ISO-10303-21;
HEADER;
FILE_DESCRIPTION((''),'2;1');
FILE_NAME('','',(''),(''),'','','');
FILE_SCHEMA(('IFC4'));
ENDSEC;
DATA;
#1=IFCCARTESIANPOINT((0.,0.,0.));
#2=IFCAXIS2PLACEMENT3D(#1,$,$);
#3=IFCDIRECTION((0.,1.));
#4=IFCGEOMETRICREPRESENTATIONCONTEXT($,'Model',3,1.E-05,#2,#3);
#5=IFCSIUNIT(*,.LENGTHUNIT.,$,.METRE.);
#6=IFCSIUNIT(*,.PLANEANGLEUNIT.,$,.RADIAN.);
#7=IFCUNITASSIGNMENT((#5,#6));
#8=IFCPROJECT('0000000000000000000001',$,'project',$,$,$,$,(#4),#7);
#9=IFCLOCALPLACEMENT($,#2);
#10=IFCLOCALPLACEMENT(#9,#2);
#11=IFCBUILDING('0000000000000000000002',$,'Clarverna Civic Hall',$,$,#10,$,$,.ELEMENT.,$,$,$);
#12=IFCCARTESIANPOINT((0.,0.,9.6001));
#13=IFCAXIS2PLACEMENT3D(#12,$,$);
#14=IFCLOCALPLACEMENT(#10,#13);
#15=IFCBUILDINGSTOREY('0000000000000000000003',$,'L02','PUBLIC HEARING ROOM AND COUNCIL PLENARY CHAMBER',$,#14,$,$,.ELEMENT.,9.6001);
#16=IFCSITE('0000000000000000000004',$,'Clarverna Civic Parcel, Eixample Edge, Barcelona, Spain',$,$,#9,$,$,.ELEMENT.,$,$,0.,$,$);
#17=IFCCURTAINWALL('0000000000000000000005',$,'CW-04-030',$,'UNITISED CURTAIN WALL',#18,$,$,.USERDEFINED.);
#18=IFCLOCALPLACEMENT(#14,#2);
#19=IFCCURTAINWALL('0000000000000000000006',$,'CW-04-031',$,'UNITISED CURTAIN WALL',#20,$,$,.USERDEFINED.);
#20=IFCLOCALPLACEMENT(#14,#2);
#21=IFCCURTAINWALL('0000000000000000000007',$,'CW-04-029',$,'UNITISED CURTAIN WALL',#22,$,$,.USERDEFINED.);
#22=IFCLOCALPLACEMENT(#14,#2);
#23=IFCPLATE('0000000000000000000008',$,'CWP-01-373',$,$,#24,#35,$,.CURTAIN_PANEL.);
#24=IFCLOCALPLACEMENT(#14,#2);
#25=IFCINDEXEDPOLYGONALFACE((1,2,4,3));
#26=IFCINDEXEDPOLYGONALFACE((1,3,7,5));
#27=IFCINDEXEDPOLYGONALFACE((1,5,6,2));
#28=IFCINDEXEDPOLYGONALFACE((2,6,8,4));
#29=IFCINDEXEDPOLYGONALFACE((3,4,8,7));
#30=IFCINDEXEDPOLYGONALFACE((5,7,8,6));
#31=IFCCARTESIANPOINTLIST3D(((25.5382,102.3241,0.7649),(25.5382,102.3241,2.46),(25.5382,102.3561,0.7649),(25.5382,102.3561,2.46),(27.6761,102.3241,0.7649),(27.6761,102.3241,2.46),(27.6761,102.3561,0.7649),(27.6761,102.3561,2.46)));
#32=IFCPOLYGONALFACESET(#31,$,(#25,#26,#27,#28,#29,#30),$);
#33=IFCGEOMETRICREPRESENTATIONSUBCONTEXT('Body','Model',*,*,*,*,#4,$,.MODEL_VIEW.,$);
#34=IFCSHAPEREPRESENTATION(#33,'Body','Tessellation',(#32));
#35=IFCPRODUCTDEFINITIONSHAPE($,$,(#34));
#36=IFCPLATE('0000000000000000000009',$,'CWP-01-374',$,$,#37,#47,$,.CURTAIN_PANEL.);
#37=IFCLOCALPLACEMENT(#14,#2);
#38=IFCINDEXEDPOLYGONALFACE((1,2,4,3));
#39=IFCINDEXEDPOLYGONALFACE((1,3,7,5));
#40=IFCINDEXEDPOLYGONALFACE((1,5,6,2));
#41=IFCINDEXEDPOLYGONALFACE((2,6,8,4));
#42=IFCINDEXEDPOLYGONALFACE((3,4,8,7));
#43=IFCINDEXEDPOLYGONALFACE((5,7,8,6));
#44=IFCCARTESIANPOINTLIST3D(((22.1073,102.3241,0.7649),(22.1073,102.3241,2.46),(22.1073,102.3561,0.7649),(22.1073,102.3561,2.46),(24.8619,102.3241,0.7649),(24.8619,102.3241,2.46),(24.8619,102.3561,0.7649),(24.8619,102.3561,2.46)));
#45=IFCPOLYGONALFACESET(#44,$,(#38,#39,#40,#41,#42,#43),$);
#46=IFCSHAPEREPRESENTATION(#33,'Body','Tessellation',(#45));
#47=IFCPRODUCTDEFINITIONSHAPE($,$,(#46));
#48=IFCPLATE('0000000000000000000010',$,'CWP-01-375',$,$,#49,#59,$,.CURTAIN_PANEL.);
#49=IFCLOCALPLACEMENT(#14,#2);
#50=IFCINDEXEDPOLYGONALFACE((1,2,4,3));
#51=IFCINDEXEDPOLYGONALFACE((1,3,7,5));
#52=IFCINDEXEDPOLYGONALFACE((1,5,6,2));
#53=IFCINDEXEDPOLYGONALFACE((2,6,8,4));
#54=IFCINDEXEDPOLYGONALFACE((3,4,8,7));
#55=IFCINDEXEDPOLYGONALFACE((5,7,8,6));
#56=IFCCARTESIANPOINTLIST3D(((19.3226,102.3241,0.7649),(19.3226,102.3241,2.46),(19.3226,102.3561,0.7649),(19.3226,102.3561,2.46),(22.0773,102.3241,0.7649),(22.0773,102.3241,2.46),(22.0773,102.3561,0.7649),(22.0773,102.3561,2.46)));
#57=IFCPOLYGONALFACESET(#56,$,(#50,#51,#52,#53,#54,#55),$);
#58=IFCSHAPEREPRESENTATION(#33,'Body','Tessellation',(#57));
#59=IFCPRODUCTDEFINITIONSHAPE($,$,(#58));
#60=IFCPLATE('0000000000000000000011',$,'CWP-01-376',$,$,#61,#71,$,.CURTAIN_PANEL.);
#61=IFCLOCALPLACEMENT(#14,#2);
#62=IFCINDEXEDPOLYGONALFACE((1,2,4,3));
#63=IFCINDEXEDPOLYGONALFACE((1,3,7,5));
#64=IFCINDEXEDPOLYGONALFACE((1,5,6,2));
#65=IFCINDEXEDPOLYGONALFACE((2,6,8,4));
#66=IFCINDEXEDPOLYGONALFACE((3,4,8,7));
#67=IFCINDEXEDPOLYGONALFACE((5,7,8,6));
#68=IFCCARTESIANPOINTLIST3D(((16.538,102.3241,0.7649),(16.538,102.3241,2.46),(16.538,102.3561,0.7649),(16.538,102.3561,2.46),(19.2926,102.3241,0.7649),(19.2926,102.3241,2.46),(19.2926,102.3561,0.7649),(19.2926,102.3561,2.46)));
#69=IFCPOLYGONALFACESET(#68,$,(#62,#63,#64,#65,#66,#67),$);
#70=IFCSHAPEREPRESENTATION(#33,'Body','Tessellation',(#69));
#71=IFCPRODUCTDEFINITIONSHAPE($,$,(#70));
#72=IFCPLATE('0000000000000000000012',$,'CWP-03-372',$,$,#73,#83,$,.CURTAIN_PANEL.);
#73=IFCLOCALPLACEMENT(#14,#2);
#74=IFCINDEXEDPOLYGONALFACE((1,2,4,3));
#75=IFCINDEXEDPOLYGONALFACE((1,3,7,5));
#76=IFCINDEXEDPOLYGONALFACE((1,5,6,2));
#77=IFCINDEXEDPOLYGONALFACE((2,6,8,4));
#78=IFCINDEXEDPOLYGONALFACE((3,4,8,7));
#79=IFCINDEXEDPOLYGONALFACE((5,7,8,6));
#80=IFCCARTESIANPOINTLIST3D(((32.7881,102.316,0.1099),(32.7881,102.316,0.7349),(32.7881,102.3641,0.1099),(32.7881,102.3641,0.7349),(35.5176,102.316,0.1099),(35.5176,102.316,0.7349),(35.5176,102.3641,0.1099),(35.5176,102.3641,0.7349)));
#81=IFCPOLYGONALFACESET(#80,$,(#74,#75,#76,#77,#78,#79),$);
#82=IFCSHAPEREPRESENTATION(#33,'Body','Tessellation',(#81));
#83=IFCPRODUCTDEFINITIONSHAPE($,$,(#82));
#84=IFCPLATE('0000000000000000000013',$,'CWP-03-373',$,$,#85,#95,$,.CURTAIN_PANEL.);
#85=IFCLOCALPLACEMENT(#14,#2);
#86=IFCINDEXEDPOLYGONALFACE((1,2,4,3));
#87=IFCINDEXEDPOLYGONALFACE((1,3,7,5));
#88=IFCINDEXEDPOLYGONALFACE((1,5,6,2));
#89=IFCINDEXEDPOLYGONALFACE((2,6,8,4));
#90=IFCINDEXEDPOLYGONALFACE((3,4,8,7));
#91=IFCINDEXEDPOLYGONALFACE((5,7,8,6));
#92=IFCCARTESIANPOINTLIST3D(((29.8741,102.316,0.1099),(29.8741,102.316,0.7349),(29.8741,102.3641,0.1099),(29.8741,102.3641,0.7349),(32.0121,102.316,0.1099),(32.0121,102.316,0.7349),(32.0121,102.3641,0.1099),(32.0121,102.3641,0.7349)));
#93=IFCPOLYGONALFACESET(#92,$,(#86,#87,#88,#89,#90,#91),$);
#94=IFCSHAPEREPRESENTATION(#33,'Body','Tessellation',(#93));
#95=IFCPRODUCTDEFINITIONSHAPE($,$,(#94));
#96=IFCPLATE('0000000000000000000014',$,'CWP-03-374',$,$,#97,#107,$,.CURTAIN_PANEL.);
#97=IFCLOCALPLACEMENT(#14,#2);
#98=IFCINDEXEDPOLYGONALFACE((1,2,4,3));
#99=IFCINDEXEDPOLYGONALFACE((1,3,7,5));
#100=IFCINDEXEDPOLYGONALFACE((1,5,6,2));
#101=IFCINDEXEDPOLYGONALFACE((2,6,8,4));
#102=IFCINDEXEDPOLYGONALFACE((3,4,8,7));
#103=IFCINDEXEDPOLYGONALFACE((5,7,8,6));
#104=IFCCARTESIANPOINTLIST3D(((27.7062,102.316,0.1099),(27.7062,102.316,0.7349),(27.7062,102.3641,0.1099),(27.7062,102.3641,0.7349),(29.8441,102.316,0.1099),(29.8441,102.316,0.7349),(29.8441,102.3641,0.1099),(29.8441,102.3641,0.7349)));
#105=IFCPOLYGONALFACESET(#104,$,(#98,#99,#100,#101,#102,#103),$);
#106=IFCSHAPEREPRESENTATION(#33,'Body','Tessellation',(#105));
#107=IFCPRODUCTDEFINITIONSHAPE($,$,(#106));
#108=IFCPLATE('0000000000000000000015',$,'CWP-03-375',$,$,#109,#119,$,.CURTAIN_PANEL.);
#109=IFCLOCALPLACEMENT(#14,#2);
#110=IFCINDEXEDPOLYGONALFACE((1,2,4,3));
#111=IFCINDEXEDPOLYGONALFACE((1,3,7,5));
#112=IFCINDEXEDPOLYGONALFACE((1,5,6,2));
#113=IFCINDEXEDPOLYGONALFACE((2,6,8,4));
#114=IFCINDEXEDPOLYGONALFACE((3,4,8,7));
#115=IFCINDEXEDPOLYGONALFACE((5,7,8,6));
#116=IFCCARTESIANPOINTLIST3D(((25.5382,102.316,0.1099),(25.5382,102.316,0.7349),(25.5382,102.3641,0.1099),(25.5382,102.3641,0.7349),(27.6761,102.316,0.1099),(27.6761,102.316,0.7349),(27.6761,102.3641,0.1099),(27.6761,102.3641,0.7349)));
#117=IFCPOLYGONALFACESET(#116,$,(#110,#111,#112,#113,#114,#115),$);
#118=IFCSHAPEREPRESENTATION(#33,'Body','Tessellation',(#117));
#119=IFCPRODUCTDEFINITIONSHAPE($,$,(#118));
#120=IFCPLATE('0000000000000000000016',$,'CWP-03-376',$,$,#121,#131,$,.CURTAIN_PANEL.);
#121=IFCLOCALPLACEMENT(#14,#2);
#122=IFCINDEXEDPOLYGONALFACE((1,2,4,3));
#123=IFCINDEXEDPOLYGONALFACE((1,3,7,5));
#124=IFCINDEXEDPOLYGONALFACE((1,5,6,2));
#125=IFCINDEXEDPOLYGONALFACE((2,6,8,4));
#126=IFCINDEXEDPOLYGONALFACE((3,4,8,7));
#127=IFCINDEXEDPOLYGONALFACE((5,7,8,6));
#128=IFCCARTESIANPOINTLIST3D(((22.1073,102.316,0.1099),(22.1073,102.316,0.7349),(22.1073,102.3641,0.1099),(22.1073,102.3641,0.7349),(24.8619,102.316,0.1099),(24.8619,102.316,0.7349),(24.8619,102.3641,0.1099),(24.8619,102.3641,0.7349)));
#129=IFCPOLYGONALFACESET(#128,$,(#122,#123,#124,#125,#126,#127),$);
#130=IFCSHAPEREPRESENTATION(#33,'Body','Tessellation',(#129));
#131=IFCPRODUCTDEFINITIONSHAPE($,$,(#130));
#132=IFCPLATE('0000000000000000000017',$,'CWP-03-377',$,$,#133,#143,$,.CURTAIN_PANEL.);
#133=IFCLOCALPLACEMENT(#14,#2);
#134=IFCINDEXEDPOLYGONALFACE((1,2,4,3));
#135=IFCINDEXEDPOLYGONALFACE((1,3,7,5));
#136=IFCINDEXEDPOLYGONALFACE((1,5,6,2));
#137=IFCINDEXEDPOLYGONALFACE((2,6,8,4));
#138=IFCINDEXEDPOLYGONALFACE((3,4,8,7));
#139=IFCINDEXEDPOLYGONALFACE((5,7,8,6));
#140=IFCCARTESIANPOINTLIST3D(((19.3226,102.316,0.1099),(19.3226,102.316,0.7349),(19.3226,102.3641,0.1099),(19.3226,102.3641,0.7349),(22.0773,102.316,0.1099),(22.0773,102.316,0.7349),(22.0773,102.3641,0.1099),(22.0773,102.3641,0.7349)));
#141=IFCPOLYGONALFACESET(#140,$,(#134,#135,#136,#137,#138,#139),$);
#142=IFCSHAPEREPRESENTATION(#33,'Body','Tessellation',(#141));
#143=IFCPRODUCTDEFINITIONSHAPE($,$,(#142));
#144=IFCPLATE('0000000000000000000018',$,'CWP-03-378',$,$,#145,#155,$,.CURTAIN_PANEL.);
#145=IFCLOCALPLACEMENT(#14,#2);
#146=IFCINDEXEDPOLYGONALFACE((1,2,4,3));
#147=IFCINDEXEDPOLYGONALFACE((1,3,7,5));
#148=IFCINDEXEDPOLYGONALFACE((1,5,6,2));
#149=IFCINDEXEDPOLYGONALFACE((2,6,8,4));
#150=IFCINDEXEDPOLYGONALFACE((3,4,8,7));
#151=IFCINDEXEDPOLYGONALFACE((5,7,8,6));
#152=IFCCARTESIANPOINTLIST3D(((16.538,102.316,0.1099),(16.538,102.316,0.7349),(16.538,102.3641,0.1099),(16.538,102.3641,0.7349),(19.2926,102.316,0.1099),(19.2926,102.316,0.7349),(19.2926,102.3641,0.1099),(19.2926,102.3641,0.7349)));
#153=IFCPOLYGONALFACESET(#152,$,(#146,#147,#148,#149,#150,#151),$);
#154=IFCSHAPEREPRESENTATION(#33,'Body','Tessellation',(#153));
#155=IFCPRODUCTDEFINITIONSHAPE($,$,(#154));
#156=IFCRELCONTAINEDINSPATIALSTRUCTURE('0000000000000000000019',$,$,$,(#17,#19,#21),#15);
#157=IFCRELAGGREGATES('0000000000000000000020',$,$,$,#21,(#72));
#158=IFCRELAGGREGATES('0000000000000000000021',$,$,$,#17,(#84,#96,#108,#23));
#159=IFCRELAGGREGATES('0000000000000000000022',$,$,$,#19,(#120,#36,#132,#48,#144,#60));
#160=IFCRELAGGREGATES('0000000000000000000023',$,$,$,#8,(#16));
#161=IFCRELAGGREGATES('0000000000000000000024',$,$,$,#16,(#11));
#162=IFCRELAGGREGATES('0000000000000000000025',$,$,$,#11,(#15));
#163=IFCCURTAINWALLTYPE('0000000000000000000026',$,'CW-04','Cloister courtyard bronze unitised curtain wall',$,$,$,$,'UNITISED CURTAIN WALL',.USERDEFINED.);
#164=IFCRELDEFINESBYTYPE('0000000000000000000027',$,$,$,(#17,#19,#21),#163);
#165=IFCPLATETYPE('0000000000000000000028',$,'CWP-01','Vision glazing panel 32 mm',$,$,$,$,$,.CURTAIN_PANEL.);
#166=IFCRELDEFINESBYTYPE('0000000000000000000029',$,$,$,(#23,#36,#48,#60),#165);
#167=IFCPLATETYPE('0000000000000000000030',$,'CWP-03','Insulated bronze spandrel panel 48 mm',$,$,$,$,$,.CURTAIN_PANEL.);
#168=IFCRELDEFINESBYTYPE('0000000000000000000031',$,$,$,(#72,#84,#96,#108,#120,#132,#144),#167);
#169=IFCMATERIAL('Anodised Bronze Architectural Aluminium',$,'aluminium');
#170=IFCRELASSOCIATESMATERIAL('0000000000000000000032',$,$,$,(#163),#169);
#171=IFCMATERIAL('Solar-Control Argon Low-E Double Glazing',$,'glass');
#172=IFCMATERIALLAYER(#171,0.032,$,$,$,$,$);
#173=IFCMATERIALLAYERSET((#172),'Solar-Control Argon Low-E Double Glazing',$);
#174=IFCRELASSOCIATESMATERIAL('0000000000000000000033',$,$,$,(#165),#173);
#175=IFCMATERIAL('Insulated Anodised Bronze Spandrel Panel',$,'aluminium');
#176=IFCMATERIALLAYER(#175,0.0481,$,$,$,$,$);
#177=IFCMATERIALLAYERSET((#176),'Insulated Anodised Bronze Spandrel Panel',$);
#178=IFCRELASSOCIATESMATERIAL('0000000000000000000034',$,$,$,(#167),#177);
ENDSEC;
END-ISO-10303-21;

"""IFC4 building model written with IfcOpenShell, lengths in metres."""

from ifc_helpers import new_model, si_unit, direction, frame, frame_2d, origin, place, context, subcontext, project, spatial, rectangle, extrude, material, layer, layer_set, type_object, element, aggregate, save


model = new_model("IFC4")

# Units and contexts
model_context = context("Model", 3, precision=1e-05, world=origin(), true_north=direction((0.0, 1.0)))
body_context = subcontext(model_context, "Body", "Model", "MODEL_VIEW")
ifc_project = project(units=[si_unit("LENGTHUNIT", "METRE"), si_unit("PLANEANGLEUNIT", "RADIAN")], contexts=[model_context])

# Site, building, storey
site_placement = place(None, origin())
site = spatial("IfcSite", under=ifc_project, at=site_placement, Name="Clarverna Civic Parcel, Eixample Edge, Barcelona, Spain", CompositionType="ELEMENT", RefElevation=0.0)
building_placement = place(site_placement, origin())
building = spatial("IfcBuilding", under=site, at=building_placement, Name="Clarverna Civic Hall", CompositionType="ELEMENT")
storey_placement = place(building_placement, frame((0.0, 0.0, 9.6001)))
storey = spatial("IfcBuildingStorey", under=building, at=storey_placement, Name="L02", Description="PUBLIC HEARING ROOM AND COUNCIL PLENARY CHAMBER", CompositionType="ELEMENT", Elevation=9.6001)

# Curtain walls
ifc_material_1 = material(Name="Anodised Bronze Architectural Aluminium", Category="aluminium")
curtain_wall_type = type_object("IfcCurtainWallType", Name="CW-04", Description="Cloister courtyard bronze unitised curtain wall", ElementType="UNITISED CURTAIN WALL", PredefinedType="USERDEFINED", material=ifc_material_1)
curtain_wall_1_placement = place(storey_placement, origin())
curtain_wall_1 = element("IfcCurtainWall", 1, at=curtain_wall_1_placement, inside=storey, type_object=curtain_wall_type, Name="CW-04-030", ObjectType="UNITISED CURTAIN WALL", PredefinedType="USERDEFINED")
curtain_wall_2_placement = place(storey_placement, origin())
curtain_wall_2 = element("IfcCurtainWall", 2, at=curtain_wall_2_placement, inside=storey, type_object=curtain_wall_type, Name="CW-04-031", ObjectType="UNITISED CURTAIN WALL", PredefinedType="USERDEFINED")

# Curtain wall
curtain_wall_3_placement = place(storey_placement, origin())
curtain_wall_3 = element("IfcCurtainWall", 3, at=curtain_wall_3_placement, inside=storey, type_object=curtain_wall_type, Name="CW-04-029", ObjectType="UNITISED CURTAIN WALL", PredefinedType="USERDEFINED")

# Plates
ifc_material_2 = material(Name="Solar-Control Argon Low-E Double Glazing", Category="glass")
ifc_layer_1 = layer(ifc_material_2, 0.032)
ifc_layer_set_1 = layer_set([ifc_layer_1], Name="Solar-Control Argon Low-E Double Glazing")
plate_type_1 = type_object("IfcPlateType", Name="CWP-01", Description="Vision glazing panel 32 mm", PredefinedType="CURTAIN_PANEL", material=ifc_layer_set_1)
plate_1_placement = place(storey_placement, frame((27.676, 102.3401, 0.7649), z_axis=(0.0, 0.0, 1.0), x_axis=(-1.0, 0.0, 0.0)))
plate_1 = element("IfcPlate", 4, at=plate_1_placement, type_object=plate_type_1, Name="CWP-01-373", PredefinedType="CURTAIN_PANEL", context=body_context, shape_type="SweptSolid", body=[
    extrude(rectangle(XDim=2.1379, YDim=0.032, at=frame_2d((1.0688, 0.0))), origin(), (0.0, 0.0, 1.0), 1.6951),
])
plate_2_placement = place(storey_placement, frame((24.8621, 102.3401, 0.7649), z_axis=(0.0, 0.0, 1.0), x_axis=(-1.0, 0.0, 0.0)))
plate_2 = element("IfcPlate", 5, at=plate_2_placement, type_object=plate_type_1, Name="CWP-01-374", PredefinedType="CURTAIN_PANEL", context=body_context, shape_type="SweptSolid", body=[
    extrude(rectangle(XDim=2.7546, YDim=0.032, at=frame_2d((1.3774, 0.0))), origin(), (0.0, 0.0, 1.0), 1.6951),
])
plate_3_placement = place(storey_placement, frame((22.0774, 102.3401, 0.7649), z_axis=(0.0, 0.0, 1.0), x_axis=(-1.0, 0.0, 0.0)))
plate_3 = element("IfcPlate", 6, at=plate_3_placement, type_object=plate_type_1, Name="CWP-01-375", PredefinedType="CURTAIN_PANEL", context=body_context, shape_type="SweptSolid", body=[
    extrude(rectangle(XDim=2.7546, YDim=0.032, at=frame_2d((1.3774, 0.0))), origin(), (0.0, 0.0, 1.0), 1.6951),
])
plate_4_placement = place(storey_placement, frame((19.2927, 102.3401, 0.7649), z_axis=(0.0, 0.0, 1.0), x_axis=(-1.0, 0.0, 0.0)))
plate_4 = element("IfcPlate", 7, at=plate_4_placement, type_object=plate_type_1, Name="CWP-01-376", PredefinedType="CURTAIN_PANEL", context=body_context, shape_type="SweptSolid", body=[
    extrude(rectangle(XDim=2.7546, YDim=0.032, at=frame_2d((1.3774, 0.0))), origin(), (0.0, 0.0, 1.0), 1.6951),
])
ifc_material_3 = material(Name="Insulated Anodised Bronze Spandrel Panel", Category="aluminium")
ifc_layer_2 = layer(ifc_material_3, 0.0481)
ifc_layer_set_2 = layer_set([ifc_layer_2], Name="Insulated Anodised Bronze Spandrel Panel")
plate_type_2 = type_object("IfcPlateType", Name="CWP-03", Description="Insulated bronze spandrel panel 48 mm", PredefinedType="CURTAIN_PANEL", material=ifc_layer_set_2)
plate_5_placement = place(storey_placement, frame((35.5176, 102.3401, 0.1099), z_axis=(0.0, 0.0, 1.0), x_axis=(-1.0, 0.0, 0.0)))
plate_5 = element("IfcPlate", 8, at=plate_5_placement, type_object=plate_type_2, Name="CWP-03-372", PredefinedType="CURTAIN_PANEL", context=body_context, shape_type="SweptSolid", body=[
    extrude(rectangle(XDim=2.7295, YDim=0.0481, at=frame_2d((1.3647, 0.0))), origin(), (0.0, 0.0, 1.0), 0.625),
])
aggregate(curtain_wall_3, [plate_5])
plate_6_placement = place(storey_placement, frame((32.012, 102.3401, 0.1099), z_axis=(0.0, 0.0, 1.0), x_axis=(-1.0, 0.0, 0.0)))
plate_6 = element("IfcPlate", 9, at=plate_6_placement, type_object=plate_type_2, Name="CWP-03-373", PredefinedType="CURTAIN_PANEL", context=body_context, shape_type="SweptSolid", body=[
    extrude(rectangle(XDim=2.1379, YDim=0.0481, at=frame_2d((1.0688, 0.0))), origin(), (0.0, 0.0, 1.0), 0.625),
])
plate_7_placement = place(storey_placement, frame((29.844, 102.3401, 0.1099), z_axis=(0.0, 0.0, 1.0), x_axis=(-1.0, 0.0, 0.0)))
plate_7 = element("IfcPlate", 10, at=plate_7_placement, type_object=plate_type_2, Name="CWP-03-374", PredefinedType="CURTAIN_PANEL", context=body_context, shape_type="SweptSolid", body=[
    extrude(rectangle(XDim=2.1379, YDim=0.0481, at=frame_2d((1.0688, 0.0))), origin(), (0.0, 0.0, 1.0), 0.625),
])
plate_8_placement = place(storey_placement, frame((27.676, 102.3401, 0.1099), z_axis=(0.0, 0.0, 1.0), x_axis=(-1.0, 0.0, 0.0)))
plate_8 = element("IfcPlate", 11, at=plate_8_placement, type_object=plate_type_2, Name="CWP-03-375", PredefinedType="CURTAIN_PANEL", context=body_context, shape_type="SweptSolid", body=[
    extrude(rectangle(XDim=2.1379, YDim=0.0481, at=frame_2d((1.0688, 0.0))), origin(), (0.0, 0.0, 1.0), 0.625),
])
aggregate(curtain_wall_1, [plate_6, plate_7, plate_8, plate_1])
plate_9_placement = place(storey_placement, frame((24.8621, 102.3401, 0.1099), z_axis=(0.0, 0.0, 1.0), x_axis=(-1.0, 0.0, 0.0)))
plate_9 = element("IfcPlate", 12, at=plate_9_placement, type_object=plate_type_2, Name="CWP-03-376", PredefinedType="CURTAIN_PANEL", context=body_context, shape_type="SweptSolid", body=[
    extrude(rectangle(XDim=2.7546, YDim=0.0481, at=frame_2d((1.3774, 0.0))), origin(), (0.0, 0.0, 1.0), 0.625),
])
plate_10_placement = place(storey_placement, frame((22.0774, 102.3401, 0.1099), z_axis=(0.0, 0.0, 1.0), x_axis=(-1.0, 0.0, 0.0)))
plate_10 = element("IfcPlate", 13, at=plate_10_placement, type_object=plate_type_2, Name="CWP-03-377", PredefinedType="CURTAIN_PANEL", context=body_context, shape_type="SweptSolid", body=[
    extrude(rectangle(XDim=2.7546, YDim=0.0481, at=frame_2d((1.3774, 0.0))), origin(), (0.0, 0.0, 1.0), 0.625),
])
plate_11_placement = place(storey_placement, frame((19.2927, 102.3401, 0.1099), z_axis=(0.0, 0.0, 1.0), x_axis=(-1.0, 0.0, 0.0)))
plate_11 = element("IfcPlate", 14, at=plate_11_placement, type_object=plate_type_2, Name="CWP-03-378", PredefinedType="CURTAIN_PANEL", context=body_context, shape_type="SweptSolid", body=[
    extrude(rectangle(XDim=2.7546, YDim=0.0481, at=frame_2d((1.3774, 0.0))), origin(), (0.0, 0.0, 1.0), 0.625),
])
aggregate(curtain_wall_2, [plate_9, plate_2, plate_10, plate_3, plate_11, plate_4])

save(model, "model.ifc")
